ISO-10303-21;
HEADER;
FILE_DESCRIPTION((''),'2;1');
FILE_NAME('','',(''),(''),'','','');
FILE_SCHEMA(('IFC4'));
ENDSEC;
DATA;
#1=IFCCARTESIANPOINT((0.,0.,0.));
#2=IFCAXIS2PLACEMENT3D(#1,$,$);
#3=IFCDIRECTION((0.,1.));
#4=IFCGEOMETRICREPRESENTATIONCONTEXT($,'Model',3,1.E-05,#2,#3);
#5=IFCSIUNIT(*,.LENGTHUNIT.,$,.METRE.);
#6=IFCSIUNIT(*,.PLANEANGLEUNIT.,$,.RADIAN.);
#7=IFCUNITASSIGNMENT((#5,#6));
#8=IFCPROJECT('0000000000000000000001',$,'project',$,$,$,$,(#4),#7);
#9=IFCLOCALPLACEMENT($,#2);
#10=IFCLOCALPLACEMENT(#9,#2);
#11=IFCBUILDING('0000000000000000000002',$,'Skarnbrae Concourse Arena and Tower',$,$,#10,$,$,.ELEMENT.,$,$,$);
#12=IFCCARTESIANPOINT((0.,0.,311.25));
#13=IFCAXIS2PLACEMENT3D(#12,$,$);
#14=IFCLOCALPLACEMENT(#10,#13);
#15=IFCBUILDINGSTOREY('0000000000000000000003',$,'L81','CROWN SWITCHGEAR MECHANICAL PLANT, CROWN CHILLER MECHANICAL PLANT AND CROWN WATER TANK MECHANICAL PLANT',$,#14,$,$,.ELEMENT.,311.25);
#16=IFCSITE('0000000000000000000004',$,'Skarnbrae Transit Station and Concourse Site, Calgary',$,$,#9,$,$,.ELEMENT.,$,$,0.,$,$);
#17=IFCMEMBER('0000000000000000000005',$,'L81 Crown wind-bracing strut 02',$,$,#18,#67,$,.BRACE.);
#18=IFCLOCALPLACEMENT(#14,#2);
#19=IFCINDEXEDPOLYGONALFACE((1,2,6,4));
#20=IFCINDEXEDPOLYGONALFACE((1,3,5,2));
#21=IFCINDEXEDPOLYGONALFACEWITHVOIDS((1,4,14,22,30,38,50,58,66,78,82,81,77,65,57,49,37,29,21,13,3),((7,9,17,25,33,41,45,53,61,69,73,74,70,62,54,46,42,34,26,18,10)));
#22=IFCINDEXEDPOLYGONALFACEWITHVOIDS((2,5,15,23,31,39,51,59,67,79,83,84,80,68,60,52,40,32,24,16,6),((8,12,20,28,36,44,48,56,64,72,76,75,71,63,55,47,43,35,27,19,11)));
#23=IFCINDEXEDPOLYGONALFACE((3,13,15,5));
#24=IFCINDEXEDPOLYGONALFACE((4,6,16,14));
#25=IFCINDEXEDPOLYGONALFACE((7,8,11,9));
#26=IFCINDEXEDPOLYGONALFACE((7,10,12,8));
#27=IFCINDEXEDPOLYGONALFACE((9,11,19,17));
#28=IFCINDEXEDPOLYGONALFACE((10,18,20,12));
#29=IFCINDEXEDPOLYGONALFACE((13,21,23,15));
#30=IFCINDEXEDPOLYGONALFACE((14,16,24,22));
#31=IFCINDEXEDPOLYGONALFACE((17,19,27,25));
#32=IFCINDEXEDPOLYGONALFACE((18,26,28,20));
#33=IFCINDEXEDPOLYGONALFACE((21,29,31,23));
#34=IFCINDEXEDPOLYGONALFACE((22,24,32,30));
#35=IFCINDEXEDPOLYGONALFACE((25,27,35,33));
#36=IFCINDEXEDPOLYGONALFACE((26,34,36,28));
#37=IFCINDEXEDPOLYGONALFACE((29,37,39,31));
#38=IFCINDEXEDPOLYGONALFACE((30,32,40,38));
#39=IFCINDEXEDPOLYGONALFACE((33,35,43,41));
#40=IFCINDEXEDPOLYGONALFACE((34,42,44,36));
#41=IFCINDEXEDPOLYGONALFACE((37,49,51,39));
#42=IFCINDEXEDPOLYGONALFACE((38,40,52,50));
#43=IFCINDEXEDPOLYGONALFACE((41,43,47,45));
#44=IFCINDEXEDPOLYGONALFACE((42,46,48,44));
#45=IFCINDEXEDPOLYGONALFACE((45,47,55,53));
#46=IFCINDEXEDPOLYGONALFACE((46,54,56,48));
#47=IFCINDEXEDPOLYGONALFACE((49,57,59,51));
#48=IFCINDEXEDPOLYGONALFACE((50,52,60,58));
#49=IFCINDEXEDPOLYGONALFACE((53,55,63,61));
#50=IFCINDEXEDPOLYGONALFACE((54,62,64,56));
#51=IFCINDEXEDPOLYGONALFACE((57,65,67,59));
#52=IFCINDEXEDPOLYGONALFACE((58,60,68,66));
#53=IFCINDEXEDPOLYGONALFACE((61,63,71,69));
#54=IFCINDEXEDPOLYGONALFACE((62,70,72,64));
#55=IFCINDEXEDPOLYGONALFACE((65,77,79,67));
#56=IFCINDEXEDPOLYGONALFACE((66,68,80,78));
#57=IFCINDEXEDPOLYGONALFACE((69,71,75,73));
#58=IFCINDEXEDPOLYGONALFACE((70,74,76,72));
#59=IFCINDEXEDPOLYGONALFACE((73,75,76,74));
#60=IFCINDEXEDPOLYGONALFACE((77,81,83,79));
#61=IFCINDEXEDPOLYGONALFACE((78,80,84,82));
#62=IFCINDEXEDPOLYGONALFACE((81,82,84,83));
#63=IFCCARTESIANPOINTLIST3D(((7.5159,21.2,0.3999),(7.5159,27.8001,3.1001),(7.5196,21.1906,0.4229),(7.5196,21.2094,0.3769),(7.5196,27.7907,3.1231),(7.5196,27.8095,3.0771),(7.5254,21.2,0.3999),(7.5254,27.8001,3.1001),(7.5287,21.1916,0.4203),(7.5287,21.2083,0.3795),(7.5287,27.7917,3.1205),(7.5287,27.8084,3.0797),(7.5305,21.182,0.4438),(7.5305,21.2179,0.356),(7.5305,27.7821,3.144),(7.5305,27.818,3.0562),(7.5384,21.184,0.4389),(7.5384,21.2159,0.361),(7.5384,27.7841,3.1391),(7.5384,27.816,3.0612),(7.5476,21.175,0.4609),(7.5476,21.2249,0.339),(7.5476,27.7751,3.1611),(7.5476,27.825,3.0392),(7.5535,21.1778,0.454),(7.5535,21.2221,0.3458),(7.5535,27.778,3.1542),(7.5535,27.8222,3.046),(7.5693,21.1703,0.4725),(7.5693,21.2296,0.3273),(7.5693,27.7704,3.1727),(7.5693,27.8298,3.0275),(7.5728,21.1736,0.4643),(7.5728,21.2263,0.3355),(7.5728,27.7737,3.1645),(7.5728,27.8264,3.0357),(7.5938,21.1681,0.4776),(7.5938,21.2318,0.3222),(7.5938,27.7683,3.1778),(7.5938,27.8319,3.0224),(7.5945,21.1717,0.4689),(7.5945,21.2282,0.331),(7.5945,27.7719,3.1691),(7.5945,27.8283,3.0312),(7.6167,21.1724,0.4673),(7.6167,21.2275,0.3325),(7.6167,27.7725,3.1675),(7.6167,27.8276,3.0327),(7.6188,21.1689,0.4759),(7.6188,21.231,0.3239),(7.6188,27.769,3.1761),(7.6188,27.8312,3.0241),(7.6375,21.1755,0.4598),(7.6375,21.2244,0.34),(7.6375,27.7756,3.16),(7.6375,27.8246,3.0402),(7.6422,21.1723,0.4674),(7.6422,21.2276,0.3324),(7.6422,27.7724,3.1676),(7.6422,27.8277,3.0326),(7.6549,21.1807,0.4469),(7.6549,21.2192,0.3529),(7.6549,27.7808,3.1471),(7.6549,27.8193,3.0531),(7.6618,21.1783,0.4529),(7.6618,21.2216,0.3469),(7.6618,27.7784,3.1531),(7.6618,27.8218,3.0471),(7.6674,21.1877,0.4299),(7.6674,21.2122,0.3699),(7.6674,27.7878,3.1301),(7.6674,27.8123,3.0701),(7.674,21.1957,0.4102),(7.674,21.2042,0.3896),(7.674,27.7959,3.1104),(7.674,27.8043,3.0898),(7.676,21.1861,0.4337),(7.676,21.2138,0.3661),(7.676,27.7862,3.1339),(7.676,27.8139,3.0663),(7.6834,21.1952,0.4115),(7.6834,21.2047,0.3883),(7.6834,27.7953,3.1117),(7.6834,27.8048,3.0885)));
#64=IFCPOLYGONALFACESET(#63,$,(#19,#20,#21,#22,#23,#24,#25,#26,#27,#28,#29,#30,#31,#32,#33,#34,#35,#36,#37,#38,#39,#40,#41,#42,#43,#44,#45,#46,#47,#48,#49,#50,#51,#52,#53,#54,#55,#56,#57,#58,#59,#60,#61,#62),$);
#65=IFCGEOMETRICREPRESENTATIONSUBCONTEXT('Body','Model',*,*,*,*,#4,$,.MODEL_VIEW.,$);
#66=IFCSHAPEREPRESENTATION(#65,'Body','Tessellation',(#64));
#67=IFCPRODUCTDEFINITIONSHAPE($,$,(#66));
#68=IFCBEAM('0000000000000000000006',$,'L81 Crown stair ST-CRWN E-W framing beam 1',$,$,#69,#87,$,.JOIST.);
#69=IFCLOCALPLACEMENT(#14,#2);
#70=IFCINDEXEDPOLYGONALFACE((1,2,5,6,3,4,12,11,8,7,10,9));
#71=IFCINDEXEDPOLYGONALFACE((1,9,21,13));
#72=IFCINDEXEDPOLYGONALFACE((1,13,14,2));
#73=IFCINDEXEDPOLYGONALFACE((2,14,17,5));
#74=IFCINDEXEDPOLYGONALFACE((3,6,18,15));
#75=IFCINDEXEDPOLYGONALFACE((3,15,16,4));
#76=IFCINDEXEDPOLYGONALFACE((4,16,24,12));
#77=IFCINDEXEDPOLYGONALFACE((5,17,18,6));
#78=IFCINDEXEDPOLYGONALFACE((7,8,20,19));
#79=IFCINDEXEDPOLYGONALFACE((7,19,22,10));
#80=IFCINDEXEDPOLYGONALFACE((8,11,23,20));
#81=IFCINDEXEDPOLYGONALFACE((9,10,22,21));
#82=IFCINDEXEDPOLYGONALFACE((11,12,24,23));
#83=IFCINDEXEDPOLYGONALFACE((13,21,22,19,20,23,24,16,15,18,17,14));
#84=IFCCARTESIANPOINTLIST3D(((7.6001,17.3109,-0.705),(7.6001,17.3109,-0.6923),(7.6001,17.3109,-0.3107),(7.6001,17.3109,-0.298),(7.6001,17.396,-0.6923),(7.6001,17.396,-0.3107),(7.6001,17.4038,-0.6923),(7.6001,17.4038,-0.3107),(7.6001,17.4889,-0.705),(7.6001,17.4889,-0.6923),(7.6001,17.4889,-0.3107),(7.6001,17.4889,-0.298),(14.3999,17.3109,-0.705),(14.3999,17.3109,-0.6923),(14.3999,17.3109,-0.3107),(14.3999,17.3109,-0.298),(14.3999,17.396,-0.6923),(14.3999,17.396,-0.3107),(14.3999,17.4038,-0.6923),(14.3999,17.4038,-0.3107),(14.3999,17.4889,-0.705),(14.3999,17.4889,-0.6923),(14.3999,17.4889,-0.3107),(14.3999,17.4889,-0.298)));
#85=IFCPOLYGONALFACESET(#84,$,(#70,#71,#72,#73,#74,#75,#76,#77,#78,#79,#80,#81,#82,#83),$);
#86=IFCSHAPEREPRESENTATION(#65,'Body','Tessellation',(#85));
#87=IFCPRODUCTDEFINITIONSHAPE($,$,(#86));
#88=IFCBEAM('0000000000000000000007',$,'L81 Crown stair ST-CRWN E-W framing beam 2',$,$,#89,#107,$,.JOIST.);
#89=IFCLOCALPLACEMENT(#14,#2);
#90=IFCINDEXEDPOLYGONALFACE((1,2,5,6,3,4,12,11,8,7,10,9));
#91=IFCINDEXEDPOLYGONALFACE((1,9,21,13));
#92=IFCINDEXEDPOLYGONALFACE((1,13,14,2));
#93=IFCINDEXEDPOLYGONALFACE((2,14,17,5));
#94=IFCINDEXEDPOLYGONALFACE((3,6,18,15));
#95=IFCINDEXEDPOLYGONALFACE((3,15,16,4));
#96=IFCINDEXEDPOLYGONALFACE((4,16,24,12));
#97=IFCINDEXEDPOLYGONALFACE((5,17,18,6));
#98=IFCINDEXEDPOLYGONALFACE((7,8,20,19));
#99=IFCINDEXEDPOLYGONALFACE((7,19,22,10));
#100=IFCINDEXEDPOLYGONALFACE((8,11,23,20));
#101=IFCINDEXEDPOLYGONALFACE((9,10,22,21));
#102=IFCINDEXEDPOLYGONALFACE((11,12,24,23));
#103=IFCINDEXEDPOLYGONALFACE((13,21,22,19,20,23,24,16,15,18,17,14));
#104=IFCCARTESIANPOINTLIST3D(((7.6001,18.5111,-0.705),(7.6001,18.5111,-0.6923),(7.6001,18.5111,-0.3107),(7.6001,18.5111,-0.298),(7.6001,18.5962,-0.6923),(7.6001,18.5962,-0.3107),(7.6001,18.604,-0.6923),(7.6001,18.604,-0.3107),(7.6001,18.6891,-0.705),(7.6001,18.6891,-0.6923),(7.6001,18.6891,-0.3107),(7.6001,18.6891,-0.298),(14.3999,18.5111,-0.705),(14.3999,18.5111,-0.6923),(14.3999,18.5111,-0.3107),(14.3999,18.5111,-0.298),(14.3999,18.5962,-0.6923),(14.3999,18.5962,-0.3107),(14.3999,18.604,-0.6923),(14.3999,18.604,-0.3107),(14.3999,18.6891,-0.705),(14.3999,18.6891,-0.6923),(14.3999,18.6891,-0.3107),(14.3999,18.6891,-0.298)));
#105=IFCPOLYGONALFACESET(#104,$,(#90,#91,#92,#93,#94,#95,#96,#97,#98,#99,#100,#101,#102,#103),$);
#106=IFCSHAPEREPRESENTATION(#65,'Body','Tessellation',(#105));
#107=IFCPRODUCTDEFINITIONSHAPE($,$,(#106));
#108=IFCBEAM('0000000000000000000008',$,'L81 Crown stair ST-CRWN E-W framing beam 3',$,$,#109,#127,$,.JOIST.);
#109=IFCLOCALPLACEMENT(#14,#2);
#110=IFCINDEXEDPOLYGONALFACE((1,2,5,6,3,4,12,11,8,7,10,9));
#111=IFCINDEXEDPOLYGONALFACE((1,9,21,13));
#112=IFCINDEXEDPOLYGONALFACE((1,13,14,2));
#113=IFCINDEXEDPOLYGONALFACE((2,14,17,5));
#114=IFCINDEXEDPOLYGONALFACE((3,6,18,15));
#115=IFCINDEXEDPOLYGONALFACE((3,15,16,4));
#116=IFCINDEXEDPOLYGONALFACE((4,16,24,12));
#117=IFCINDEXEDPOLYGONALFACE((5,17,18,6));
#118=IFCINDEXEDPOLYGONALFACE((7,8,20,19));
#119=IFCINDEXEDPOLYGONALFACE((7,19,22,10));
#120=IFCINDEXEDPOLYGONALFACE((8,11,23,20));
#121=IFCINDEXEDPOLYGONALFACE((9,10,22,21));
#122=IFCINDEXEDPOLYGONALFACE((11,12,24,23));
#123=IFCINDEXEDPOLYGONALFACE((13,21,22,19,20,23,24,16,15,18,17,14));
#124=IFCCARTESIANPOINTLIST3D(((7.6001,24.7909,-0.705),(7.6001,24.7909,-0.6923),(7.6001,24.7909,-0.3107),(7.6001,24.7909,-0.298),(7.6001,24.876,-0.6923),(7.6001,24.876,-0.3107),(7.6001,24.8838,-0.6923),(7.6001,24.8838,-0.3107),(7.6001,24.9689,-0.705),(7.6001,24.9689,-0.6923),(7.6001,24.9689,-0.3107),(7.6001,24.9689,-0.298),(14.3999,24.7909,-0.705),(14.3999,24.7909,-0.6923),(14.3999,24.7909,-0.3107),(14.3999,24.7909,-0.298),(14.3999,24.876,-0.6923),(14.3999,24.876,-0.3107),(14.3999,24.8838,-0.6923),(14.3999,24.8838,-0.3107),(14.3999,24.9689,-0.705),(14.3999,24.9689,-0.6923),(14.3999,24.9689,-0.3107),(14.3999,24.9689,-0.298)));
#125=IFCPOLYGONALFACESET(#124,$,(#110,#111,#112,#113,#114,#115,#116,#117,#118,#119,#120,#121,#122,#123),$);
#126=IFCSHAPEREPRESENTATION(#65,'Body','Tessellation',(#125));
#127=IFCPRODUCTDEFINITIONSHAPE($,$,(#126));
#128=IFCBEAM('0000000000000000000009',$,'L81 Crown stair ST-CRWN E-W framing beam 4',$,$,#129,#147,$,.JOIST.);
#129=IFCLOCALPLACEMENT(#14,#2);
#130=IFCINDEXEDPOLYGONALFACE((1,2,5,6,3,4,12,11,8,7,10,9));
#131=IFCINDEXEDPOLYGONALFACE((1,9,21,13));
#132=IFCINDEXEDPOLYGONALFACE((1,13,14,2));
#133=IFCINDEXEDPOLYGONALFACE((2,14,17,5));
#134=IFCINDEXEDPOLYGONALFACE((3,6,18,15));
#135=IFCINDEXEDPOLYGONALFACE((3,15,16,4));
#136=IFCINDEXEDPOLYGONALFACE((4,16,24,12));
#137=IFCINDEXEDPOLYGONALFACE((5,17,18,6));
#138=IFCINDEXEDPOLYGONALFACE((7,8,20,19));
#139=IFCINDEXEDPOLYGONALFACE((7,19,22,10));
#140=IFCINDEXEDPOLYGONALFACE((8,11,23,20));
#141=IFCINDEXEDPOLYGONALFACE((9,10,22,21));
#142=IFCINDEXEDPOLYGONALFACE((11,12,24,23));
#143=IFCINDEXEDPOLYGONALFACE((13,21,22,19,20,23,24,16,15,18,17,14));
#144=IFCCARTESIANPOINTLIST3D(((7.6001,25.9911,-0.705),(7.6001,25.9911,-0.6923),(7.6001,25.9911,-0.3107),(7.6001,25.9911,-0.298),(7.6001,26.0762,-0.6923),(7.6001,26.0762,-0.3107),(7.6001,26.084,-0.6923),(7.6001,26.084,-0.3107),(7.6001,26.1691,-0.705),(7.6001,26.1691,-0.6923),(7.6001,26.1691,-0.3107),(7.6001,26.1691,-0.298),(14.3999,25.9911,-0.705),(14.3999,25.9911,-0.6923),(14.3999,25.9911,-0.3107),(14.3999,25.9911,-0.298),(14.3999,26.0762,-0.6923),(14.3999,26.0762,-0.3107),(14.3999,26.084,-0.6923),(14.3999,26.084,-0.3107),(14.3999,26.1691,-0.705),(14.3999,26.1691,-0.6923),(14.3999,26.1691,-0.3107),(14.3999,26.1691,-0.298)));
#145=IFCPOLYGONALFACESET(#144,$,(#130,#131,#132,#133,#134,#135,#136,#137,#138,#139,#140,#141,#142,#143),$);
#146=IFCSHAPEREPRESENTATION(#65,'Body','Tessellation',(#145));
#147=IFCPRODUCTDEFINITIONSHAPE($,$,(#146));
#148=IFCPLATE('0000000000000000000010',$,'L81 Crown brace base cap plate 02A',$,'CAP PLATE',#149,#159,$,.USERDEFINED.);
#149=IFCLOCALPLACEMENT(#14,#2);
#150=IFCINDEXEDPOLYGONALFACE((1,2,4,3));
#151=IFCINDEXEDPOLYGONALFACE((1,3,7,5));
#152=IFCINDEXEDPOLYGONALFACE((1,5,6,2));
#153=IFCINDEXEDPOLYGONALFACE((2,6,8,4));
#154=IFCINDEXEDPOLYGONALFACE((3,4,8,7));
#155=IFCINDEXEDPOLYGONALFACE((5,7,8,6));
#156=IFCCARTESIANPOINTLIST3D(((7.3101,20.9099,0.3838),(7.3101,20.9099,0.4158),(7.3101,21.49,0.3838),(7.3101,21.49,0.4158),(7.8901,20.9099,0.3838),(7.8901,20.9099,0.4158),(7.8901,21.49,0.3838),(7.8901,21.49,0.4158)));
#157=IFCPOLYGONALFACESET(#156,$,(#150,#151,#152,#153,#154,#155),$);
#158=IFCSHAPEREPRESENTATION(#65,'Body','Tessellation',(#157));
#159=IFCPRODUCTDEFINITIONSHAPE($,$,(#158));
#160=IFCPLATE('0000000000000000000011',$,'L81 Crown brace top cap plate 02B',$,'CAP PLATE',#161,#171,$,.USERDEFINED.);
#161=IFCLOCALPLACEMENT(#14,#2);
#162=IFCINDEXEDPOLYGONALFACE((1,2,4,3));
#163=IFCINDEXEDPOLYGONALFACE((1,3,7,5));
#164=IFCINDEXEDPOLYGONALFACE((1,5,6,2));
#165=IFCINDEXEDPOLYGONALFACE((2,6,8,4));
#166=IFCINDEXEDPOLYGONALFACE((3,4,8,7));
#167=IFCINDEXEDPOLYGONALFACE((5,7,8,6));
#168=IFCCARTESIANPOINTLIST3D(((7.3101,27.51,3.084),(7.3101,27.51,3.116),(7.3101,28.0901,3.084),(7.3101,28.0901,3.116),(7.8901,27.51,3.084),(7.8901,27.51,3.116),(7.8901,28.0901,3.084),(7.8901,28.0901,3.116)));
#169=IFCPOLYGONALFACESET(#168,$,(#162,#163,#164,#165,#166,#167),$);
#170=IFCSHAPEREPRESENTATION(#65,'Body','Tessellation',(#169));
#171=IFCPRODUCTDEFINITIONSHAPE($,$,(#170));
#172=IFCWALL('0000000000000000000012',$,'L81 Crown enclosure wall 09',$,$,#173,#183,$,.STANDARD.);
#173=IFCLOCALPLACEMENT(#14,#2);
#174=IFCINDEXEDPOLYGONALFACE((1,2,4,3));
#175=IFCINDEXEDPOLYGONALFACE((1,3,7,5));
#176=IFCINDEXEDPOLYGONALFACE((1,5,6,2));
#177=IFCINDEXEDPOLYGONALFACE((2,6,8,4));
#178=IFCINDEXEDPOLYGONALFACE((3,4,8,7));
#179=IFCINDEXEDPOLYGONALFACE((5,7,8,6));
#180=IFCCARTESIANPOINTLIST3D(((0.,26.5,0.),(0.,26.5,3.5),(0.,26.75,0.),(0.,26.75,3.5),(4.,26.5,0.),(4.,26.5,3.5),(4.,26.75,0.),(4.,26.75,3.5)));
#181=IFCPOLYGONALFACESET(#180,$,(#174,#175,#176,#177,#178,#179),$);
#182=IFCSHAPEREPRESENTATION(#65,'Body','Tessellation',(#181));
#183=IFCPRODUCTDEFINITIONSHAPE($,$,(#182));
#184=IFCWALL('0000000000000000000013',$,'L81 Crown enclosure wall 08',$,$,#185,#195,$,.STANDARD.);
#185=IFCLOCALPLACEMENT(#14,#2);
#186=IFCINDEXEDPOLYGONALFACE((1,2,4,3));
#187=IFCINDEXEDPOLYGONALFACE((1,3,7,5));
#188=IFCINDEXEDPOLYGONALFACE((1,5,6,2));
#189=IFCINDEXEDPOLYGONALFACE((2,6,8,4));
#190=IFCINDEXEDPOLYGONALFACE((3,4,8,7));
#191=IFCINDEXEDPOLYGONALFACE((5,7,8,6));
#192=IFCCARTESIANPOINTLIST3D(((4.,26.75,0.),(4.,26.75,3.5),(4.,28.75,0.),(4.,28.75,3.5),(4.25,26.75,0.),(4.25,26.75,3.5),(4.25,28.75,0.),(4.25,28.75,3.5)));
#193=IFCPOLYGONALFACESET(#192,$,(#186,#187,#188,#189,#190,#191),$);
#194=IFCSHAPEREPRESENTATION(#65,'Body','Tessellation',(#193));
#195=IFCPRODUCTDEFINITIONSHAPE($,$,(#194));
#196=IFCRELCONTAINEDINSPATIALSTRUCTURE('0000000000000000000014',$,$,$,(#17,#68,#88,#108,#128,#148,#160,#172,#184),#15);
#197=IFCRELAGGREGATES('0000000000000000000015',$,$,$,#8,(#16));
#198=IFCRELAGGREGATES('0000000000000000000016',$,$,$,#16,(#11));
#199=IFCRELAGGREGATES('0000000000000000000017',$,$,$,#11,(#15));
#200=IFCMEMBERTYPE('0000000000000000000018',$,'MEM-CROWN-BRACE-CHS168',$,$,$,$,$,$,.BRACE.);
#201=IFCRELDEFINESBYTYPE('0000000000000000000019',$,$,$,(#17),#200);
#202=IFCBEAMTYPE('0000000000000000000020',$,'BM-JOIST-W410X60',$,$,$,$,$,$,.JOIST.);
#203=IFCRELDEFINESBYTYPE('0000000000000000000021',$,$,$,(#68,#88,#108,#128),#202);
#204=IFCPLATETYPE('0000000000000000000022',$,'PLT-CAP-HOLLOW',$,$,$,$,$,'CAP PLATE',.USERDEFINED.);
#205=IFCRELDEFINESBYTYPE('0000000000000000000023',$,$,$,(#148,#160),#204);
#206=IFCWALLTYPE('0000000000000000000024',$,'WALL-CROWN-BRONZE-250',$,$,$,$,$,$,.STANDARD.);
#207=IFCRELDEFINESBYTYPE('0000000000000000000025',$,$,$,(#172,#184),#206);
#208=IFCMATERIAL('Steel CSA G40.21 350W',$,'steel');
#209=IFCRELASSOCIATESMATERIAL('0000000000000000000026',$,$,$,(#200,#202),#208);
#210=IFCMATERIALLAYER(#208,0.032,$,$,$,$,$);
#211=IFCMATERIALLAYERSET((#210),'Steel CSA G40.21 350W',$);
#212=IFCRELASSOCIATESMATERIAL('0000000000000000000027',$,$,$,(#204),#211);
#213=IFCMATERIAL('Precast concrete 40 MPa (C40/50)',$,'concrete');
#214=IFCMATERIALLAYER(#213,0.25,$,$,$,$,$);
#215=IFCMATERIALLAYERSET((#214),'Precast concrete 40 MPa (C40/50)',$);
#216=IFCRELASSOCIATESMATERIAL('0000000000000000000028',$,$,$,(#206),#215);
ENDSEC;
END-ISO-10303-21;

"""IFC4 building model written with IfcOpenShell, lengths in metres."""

from ifc_helpers import new_model, si_unit, direction, frame, frame_2d, origin, origin_2d, place, context, subcontext, project, spatial, rectangle, hollow_circle, i_section, extrude, source, transform, mapped, material, layer, layer_set, material_profile, profile_set, type_object, element, save


model = new_model("IFC4")

# Units and contexts
model_context = context("Model", 3, precision=1e-05, world=origin(), true_north=direction((0.0, 1.0)))
body_context = subcontext(model_context, "Body", "Model", "MODEL_VIEW")
ifc_project = project(units=[si_unit("LENGTHUNIT", "METRE"), si_unit("PLANEANGLEUNIT", "RADIAN")], contexts=[model_context])

# Site, building, storey
site_placement = place(None, origin())
site = spatial("IfcSite", under=ifc_project, at=site_placement, Name="Skarnbrae Transit Station and Concourse Site, Calgary", CompositionType="ELEMENT", RefElevation=0.0)
building_placement = place(site_placement, origin())
building = spatial("IfcBuilding", under=site, at=building_placement, Name="Skarnbrae Concourse Arena and Tower", CompositionType="ELEMENT")
storey_placement = place(building_placement, frame((0.0, 0.0, 311.25)))
storey = spatial("IfcBuildingStorey", under=building, at=storey_placement, Name="L81", Description="CROWN SWITCHGEAR MECHANICAL PLANT, CROWN CHILLER MECHANICAL PLANT AND CROWN WATER TANK MECHANICAL PLANT", CompositionType="ELEMENT", Elevation=311.25)

# Shared definitions
ifc_material_1 = material(Name="Steel CSA G40.21 350W", Category="steel")

# Member
ifc_material_profile_1 = material_profile(ifc_material_1, hollow_circle(Radius=0.0842, WallThickness=0.0095, at=origin_2d()), Name="HSS168X9.5")
ifc_profile_set_1 = profile_set([ifc_material_profile_1], Name="Steel CSA G40.21 350W")
member_type = type_object("IfcMemberType", Name="MEM-CROWN-BRACE-CHS168", PredefinedType="BRACE", material=ifc_profile_set_1)
shared_shape_1 = source(origin(), body_context, "Body", "SweptSolid", [
    extrude(hollow_circle(Radius=0.0842, WallThickness=0.0095, at=origin_2d()), origin(), (0.0, 0.0, 1.0), 7.1311),
])
member_placement = place(storey_placement, frame((7.6001, 21.2, 0.3999), z_axis=(0.0, 0.925539, 0.378652), x_axis=(-1.0, 0.0, 0.0)))
element("IfcMember", 1, at=member_placement, inside=storey, type_object=member_type, Name="L81 Crown wind-bracing strut 02", PredefinedType="BRACE", context=body_context, shape_type="MappedRepresentation", body=[
    mapped(shared_shape_1, transform((0.0, 0.0, 0.0))),
])

# Beams
ifc_material_profile_2 = material_profile(ifc_material_1, i_section(OverallWidth=0.178, OverallDepth=0.407, WebThickness=0.0078, FlangeThickness=0.0127, at=origin_2d()), Name="W410X60")
ifc_profile_set_2 = profile_set([ifc_material_profile_2], Name="Steel CSA G40.21 350W")
beam_type_1 = type_object("IfcBeamType", Name="BM-JOIST-W410X60", PredefinedType="JOIST", material=ifc_profile_set_2)
shared_shape_2 = source(origin(), body_context, "Body", "SweptSolid", [
    extrude(i_section(OverallWidth=0.178, OverallDepth=0.407, WebThickness=0.0078, FlangeThickness=0.0127, at=origin_2d()), origin(), (0.0, 0.0, 1.0), 6.7998),
])
for number, where, z_axis, x_axis, name in (
    (2, (7.6001, 17.3999, -0.5015), (1.0, 0.0, 0.0), (0.0, 1.0, 0.0), "L81 Crown stair ST-CRWN E-W framing beam 1"),
    (3, (7.6001, 18.6001, -0.5015), (1.0, 0.0, 0.0), (0.0, 1.0, 0.0), "L81 Crown stair ST-CRWN E-W framing beam 2"),
    (4, (7.6001, 24.8799, -0.5015), (1.0, 0.0, 0.0), (0.0, 1.0, 0.0), "L81 Crown stair ST-CRWN E-W framing beam 3"),
    (5, (7.6001, 26.0801, -0.5015), (1.0, 0.0, 0.0), (0.0, 1.0, 0.0), "L81 Crown stair ST-CRWN E-W framing beam 4"),
):
    element("IfcBeam", number, at=place(storey_placement, frame(where, z_axis=z_axis, x_axis=x_axis)), inside=storey, type_object=beam_type_1, Name=name, PredefinedType="JOIST", context=body_context, shape_type="MappedRepresentation", body=[
        mapped(shared_shape_2, transform((0.0, 0.0, 0.0))),
    ])

# Plates
ifc_layer_1 = layer(ifc_material_1, 0.032)
ifc_layer_set_1 = layer_set([ifc_layer_1], Name="Steel CSA G40.21 350W")
plate_type = type_object("IfcPlateType", Name="PLT-CAP-HOLLOW", ElementType="CAP PLATE", PredefinedType="USERDEFINED", material=ifc_layer_set_1)
shared_shape_3 = source(origin(), body_context, "Body", "SweptSolid", [
    extrude(rectangle(XDim=0.5801, YDim=0.5801, at=origin_2d()), origin(), (0.0, 0.0, 1.0), 0.032),
])
for number, where, z_axis, x_axis, name in (
    (6, (7.6001, 21.2, 0.3838), (0.0, 0.0, 1.0), (1.0, 0.0, 0.0), "L81 Crown brace base cap plate 02A"),
    (7, (7.6001, 27.8, 3.084), (0.0, 0.0, 1.0), (1.0, 0.0, 0.0), "L81 Crown brace top cap plate 02B"),
):
    element("IfcPlate", number, at=place(storey_placement, frame(where, z_axis=z_axis, x_axis=x_axis)), inside=storey, type_object=plate_type, Name=name, ObjectType="CAP PLATE", PredefinedType="USERDEFINED", context=body_context, shape_type="MappedRepresentation", body=[
        mapped(shared_shape_3, transform((0.0, 0.0, 0.0))),
    ])

# Walls
ifc_material_2 = material(Name="Precast concrete 40 MPa (C40/50)", Category="concrete")
ifc_layer_2 = layer(ifc_material_2, 0.25)
ifc_layer_set_2 = layer_set([ifc_layer_2], Name="Precast concrete 40 MPa (C40/50)")
wall_type_1 = type_object("IfcWallType", Name="WALL-CROWN-BRONZE-250", PredefinedType="STANDARD", material=ifc_layer_set_2)
shared_shape_4 = source(origin(), body_context, "Body", "SweptSolid", [
    extrude(rectangle(XDim=4.0, YDim=0.25, at=frame_2d((2.0, 0.0))), origin(), (0.0, 0.0, 1.0), 3.5),
])
wall_1_placement = place(storey_placement, frame((4.0, 26.625, 0.0), z_axis=(0.0, 0.0, 1.0), x_axis=(-1.0, 0.0, 0.0)))
element("IfcWall", 8, at=wall_1_placement, inside=storey, type_object=wall_type_1, Name="L81 Crown enclosure wall 09", PredefinedType="STANDARD", context=body_context, shape_type="MappedRepresentation", body=[
    mapped(shared_shape_4, transform((0.0, 0.0, 0.0))),
])
shared_shape_5 = source(origin(), body_context, "Body", "SweptSolid", [
    extrude(rectangle(XDim=2.0, YDim=0.25, at=frame_2d((1.0, 0.0))), origin(), (0.0, 0.0, 1.0), 3.5),
])
wall_2_placement = place(storey_placement, frame((4.125, 28.75, 0.0), z_axis=(0.0, 0.0, 1.0), x_axis=(0.0, -1.0, 0.0)))
element("IfcWall", 9, at=wall_2_placement, inside=storey, type_object=wall_type_1, Name="L81 Crown enclosure wall 08", PredefinedType="STANDARD", context=body_context, shape_type="MappedRepresentation", body=[
    mapped(shared_shape_5, transform((0.0, 0.0, 0.0))),
])

save(model, "model.ifc")
